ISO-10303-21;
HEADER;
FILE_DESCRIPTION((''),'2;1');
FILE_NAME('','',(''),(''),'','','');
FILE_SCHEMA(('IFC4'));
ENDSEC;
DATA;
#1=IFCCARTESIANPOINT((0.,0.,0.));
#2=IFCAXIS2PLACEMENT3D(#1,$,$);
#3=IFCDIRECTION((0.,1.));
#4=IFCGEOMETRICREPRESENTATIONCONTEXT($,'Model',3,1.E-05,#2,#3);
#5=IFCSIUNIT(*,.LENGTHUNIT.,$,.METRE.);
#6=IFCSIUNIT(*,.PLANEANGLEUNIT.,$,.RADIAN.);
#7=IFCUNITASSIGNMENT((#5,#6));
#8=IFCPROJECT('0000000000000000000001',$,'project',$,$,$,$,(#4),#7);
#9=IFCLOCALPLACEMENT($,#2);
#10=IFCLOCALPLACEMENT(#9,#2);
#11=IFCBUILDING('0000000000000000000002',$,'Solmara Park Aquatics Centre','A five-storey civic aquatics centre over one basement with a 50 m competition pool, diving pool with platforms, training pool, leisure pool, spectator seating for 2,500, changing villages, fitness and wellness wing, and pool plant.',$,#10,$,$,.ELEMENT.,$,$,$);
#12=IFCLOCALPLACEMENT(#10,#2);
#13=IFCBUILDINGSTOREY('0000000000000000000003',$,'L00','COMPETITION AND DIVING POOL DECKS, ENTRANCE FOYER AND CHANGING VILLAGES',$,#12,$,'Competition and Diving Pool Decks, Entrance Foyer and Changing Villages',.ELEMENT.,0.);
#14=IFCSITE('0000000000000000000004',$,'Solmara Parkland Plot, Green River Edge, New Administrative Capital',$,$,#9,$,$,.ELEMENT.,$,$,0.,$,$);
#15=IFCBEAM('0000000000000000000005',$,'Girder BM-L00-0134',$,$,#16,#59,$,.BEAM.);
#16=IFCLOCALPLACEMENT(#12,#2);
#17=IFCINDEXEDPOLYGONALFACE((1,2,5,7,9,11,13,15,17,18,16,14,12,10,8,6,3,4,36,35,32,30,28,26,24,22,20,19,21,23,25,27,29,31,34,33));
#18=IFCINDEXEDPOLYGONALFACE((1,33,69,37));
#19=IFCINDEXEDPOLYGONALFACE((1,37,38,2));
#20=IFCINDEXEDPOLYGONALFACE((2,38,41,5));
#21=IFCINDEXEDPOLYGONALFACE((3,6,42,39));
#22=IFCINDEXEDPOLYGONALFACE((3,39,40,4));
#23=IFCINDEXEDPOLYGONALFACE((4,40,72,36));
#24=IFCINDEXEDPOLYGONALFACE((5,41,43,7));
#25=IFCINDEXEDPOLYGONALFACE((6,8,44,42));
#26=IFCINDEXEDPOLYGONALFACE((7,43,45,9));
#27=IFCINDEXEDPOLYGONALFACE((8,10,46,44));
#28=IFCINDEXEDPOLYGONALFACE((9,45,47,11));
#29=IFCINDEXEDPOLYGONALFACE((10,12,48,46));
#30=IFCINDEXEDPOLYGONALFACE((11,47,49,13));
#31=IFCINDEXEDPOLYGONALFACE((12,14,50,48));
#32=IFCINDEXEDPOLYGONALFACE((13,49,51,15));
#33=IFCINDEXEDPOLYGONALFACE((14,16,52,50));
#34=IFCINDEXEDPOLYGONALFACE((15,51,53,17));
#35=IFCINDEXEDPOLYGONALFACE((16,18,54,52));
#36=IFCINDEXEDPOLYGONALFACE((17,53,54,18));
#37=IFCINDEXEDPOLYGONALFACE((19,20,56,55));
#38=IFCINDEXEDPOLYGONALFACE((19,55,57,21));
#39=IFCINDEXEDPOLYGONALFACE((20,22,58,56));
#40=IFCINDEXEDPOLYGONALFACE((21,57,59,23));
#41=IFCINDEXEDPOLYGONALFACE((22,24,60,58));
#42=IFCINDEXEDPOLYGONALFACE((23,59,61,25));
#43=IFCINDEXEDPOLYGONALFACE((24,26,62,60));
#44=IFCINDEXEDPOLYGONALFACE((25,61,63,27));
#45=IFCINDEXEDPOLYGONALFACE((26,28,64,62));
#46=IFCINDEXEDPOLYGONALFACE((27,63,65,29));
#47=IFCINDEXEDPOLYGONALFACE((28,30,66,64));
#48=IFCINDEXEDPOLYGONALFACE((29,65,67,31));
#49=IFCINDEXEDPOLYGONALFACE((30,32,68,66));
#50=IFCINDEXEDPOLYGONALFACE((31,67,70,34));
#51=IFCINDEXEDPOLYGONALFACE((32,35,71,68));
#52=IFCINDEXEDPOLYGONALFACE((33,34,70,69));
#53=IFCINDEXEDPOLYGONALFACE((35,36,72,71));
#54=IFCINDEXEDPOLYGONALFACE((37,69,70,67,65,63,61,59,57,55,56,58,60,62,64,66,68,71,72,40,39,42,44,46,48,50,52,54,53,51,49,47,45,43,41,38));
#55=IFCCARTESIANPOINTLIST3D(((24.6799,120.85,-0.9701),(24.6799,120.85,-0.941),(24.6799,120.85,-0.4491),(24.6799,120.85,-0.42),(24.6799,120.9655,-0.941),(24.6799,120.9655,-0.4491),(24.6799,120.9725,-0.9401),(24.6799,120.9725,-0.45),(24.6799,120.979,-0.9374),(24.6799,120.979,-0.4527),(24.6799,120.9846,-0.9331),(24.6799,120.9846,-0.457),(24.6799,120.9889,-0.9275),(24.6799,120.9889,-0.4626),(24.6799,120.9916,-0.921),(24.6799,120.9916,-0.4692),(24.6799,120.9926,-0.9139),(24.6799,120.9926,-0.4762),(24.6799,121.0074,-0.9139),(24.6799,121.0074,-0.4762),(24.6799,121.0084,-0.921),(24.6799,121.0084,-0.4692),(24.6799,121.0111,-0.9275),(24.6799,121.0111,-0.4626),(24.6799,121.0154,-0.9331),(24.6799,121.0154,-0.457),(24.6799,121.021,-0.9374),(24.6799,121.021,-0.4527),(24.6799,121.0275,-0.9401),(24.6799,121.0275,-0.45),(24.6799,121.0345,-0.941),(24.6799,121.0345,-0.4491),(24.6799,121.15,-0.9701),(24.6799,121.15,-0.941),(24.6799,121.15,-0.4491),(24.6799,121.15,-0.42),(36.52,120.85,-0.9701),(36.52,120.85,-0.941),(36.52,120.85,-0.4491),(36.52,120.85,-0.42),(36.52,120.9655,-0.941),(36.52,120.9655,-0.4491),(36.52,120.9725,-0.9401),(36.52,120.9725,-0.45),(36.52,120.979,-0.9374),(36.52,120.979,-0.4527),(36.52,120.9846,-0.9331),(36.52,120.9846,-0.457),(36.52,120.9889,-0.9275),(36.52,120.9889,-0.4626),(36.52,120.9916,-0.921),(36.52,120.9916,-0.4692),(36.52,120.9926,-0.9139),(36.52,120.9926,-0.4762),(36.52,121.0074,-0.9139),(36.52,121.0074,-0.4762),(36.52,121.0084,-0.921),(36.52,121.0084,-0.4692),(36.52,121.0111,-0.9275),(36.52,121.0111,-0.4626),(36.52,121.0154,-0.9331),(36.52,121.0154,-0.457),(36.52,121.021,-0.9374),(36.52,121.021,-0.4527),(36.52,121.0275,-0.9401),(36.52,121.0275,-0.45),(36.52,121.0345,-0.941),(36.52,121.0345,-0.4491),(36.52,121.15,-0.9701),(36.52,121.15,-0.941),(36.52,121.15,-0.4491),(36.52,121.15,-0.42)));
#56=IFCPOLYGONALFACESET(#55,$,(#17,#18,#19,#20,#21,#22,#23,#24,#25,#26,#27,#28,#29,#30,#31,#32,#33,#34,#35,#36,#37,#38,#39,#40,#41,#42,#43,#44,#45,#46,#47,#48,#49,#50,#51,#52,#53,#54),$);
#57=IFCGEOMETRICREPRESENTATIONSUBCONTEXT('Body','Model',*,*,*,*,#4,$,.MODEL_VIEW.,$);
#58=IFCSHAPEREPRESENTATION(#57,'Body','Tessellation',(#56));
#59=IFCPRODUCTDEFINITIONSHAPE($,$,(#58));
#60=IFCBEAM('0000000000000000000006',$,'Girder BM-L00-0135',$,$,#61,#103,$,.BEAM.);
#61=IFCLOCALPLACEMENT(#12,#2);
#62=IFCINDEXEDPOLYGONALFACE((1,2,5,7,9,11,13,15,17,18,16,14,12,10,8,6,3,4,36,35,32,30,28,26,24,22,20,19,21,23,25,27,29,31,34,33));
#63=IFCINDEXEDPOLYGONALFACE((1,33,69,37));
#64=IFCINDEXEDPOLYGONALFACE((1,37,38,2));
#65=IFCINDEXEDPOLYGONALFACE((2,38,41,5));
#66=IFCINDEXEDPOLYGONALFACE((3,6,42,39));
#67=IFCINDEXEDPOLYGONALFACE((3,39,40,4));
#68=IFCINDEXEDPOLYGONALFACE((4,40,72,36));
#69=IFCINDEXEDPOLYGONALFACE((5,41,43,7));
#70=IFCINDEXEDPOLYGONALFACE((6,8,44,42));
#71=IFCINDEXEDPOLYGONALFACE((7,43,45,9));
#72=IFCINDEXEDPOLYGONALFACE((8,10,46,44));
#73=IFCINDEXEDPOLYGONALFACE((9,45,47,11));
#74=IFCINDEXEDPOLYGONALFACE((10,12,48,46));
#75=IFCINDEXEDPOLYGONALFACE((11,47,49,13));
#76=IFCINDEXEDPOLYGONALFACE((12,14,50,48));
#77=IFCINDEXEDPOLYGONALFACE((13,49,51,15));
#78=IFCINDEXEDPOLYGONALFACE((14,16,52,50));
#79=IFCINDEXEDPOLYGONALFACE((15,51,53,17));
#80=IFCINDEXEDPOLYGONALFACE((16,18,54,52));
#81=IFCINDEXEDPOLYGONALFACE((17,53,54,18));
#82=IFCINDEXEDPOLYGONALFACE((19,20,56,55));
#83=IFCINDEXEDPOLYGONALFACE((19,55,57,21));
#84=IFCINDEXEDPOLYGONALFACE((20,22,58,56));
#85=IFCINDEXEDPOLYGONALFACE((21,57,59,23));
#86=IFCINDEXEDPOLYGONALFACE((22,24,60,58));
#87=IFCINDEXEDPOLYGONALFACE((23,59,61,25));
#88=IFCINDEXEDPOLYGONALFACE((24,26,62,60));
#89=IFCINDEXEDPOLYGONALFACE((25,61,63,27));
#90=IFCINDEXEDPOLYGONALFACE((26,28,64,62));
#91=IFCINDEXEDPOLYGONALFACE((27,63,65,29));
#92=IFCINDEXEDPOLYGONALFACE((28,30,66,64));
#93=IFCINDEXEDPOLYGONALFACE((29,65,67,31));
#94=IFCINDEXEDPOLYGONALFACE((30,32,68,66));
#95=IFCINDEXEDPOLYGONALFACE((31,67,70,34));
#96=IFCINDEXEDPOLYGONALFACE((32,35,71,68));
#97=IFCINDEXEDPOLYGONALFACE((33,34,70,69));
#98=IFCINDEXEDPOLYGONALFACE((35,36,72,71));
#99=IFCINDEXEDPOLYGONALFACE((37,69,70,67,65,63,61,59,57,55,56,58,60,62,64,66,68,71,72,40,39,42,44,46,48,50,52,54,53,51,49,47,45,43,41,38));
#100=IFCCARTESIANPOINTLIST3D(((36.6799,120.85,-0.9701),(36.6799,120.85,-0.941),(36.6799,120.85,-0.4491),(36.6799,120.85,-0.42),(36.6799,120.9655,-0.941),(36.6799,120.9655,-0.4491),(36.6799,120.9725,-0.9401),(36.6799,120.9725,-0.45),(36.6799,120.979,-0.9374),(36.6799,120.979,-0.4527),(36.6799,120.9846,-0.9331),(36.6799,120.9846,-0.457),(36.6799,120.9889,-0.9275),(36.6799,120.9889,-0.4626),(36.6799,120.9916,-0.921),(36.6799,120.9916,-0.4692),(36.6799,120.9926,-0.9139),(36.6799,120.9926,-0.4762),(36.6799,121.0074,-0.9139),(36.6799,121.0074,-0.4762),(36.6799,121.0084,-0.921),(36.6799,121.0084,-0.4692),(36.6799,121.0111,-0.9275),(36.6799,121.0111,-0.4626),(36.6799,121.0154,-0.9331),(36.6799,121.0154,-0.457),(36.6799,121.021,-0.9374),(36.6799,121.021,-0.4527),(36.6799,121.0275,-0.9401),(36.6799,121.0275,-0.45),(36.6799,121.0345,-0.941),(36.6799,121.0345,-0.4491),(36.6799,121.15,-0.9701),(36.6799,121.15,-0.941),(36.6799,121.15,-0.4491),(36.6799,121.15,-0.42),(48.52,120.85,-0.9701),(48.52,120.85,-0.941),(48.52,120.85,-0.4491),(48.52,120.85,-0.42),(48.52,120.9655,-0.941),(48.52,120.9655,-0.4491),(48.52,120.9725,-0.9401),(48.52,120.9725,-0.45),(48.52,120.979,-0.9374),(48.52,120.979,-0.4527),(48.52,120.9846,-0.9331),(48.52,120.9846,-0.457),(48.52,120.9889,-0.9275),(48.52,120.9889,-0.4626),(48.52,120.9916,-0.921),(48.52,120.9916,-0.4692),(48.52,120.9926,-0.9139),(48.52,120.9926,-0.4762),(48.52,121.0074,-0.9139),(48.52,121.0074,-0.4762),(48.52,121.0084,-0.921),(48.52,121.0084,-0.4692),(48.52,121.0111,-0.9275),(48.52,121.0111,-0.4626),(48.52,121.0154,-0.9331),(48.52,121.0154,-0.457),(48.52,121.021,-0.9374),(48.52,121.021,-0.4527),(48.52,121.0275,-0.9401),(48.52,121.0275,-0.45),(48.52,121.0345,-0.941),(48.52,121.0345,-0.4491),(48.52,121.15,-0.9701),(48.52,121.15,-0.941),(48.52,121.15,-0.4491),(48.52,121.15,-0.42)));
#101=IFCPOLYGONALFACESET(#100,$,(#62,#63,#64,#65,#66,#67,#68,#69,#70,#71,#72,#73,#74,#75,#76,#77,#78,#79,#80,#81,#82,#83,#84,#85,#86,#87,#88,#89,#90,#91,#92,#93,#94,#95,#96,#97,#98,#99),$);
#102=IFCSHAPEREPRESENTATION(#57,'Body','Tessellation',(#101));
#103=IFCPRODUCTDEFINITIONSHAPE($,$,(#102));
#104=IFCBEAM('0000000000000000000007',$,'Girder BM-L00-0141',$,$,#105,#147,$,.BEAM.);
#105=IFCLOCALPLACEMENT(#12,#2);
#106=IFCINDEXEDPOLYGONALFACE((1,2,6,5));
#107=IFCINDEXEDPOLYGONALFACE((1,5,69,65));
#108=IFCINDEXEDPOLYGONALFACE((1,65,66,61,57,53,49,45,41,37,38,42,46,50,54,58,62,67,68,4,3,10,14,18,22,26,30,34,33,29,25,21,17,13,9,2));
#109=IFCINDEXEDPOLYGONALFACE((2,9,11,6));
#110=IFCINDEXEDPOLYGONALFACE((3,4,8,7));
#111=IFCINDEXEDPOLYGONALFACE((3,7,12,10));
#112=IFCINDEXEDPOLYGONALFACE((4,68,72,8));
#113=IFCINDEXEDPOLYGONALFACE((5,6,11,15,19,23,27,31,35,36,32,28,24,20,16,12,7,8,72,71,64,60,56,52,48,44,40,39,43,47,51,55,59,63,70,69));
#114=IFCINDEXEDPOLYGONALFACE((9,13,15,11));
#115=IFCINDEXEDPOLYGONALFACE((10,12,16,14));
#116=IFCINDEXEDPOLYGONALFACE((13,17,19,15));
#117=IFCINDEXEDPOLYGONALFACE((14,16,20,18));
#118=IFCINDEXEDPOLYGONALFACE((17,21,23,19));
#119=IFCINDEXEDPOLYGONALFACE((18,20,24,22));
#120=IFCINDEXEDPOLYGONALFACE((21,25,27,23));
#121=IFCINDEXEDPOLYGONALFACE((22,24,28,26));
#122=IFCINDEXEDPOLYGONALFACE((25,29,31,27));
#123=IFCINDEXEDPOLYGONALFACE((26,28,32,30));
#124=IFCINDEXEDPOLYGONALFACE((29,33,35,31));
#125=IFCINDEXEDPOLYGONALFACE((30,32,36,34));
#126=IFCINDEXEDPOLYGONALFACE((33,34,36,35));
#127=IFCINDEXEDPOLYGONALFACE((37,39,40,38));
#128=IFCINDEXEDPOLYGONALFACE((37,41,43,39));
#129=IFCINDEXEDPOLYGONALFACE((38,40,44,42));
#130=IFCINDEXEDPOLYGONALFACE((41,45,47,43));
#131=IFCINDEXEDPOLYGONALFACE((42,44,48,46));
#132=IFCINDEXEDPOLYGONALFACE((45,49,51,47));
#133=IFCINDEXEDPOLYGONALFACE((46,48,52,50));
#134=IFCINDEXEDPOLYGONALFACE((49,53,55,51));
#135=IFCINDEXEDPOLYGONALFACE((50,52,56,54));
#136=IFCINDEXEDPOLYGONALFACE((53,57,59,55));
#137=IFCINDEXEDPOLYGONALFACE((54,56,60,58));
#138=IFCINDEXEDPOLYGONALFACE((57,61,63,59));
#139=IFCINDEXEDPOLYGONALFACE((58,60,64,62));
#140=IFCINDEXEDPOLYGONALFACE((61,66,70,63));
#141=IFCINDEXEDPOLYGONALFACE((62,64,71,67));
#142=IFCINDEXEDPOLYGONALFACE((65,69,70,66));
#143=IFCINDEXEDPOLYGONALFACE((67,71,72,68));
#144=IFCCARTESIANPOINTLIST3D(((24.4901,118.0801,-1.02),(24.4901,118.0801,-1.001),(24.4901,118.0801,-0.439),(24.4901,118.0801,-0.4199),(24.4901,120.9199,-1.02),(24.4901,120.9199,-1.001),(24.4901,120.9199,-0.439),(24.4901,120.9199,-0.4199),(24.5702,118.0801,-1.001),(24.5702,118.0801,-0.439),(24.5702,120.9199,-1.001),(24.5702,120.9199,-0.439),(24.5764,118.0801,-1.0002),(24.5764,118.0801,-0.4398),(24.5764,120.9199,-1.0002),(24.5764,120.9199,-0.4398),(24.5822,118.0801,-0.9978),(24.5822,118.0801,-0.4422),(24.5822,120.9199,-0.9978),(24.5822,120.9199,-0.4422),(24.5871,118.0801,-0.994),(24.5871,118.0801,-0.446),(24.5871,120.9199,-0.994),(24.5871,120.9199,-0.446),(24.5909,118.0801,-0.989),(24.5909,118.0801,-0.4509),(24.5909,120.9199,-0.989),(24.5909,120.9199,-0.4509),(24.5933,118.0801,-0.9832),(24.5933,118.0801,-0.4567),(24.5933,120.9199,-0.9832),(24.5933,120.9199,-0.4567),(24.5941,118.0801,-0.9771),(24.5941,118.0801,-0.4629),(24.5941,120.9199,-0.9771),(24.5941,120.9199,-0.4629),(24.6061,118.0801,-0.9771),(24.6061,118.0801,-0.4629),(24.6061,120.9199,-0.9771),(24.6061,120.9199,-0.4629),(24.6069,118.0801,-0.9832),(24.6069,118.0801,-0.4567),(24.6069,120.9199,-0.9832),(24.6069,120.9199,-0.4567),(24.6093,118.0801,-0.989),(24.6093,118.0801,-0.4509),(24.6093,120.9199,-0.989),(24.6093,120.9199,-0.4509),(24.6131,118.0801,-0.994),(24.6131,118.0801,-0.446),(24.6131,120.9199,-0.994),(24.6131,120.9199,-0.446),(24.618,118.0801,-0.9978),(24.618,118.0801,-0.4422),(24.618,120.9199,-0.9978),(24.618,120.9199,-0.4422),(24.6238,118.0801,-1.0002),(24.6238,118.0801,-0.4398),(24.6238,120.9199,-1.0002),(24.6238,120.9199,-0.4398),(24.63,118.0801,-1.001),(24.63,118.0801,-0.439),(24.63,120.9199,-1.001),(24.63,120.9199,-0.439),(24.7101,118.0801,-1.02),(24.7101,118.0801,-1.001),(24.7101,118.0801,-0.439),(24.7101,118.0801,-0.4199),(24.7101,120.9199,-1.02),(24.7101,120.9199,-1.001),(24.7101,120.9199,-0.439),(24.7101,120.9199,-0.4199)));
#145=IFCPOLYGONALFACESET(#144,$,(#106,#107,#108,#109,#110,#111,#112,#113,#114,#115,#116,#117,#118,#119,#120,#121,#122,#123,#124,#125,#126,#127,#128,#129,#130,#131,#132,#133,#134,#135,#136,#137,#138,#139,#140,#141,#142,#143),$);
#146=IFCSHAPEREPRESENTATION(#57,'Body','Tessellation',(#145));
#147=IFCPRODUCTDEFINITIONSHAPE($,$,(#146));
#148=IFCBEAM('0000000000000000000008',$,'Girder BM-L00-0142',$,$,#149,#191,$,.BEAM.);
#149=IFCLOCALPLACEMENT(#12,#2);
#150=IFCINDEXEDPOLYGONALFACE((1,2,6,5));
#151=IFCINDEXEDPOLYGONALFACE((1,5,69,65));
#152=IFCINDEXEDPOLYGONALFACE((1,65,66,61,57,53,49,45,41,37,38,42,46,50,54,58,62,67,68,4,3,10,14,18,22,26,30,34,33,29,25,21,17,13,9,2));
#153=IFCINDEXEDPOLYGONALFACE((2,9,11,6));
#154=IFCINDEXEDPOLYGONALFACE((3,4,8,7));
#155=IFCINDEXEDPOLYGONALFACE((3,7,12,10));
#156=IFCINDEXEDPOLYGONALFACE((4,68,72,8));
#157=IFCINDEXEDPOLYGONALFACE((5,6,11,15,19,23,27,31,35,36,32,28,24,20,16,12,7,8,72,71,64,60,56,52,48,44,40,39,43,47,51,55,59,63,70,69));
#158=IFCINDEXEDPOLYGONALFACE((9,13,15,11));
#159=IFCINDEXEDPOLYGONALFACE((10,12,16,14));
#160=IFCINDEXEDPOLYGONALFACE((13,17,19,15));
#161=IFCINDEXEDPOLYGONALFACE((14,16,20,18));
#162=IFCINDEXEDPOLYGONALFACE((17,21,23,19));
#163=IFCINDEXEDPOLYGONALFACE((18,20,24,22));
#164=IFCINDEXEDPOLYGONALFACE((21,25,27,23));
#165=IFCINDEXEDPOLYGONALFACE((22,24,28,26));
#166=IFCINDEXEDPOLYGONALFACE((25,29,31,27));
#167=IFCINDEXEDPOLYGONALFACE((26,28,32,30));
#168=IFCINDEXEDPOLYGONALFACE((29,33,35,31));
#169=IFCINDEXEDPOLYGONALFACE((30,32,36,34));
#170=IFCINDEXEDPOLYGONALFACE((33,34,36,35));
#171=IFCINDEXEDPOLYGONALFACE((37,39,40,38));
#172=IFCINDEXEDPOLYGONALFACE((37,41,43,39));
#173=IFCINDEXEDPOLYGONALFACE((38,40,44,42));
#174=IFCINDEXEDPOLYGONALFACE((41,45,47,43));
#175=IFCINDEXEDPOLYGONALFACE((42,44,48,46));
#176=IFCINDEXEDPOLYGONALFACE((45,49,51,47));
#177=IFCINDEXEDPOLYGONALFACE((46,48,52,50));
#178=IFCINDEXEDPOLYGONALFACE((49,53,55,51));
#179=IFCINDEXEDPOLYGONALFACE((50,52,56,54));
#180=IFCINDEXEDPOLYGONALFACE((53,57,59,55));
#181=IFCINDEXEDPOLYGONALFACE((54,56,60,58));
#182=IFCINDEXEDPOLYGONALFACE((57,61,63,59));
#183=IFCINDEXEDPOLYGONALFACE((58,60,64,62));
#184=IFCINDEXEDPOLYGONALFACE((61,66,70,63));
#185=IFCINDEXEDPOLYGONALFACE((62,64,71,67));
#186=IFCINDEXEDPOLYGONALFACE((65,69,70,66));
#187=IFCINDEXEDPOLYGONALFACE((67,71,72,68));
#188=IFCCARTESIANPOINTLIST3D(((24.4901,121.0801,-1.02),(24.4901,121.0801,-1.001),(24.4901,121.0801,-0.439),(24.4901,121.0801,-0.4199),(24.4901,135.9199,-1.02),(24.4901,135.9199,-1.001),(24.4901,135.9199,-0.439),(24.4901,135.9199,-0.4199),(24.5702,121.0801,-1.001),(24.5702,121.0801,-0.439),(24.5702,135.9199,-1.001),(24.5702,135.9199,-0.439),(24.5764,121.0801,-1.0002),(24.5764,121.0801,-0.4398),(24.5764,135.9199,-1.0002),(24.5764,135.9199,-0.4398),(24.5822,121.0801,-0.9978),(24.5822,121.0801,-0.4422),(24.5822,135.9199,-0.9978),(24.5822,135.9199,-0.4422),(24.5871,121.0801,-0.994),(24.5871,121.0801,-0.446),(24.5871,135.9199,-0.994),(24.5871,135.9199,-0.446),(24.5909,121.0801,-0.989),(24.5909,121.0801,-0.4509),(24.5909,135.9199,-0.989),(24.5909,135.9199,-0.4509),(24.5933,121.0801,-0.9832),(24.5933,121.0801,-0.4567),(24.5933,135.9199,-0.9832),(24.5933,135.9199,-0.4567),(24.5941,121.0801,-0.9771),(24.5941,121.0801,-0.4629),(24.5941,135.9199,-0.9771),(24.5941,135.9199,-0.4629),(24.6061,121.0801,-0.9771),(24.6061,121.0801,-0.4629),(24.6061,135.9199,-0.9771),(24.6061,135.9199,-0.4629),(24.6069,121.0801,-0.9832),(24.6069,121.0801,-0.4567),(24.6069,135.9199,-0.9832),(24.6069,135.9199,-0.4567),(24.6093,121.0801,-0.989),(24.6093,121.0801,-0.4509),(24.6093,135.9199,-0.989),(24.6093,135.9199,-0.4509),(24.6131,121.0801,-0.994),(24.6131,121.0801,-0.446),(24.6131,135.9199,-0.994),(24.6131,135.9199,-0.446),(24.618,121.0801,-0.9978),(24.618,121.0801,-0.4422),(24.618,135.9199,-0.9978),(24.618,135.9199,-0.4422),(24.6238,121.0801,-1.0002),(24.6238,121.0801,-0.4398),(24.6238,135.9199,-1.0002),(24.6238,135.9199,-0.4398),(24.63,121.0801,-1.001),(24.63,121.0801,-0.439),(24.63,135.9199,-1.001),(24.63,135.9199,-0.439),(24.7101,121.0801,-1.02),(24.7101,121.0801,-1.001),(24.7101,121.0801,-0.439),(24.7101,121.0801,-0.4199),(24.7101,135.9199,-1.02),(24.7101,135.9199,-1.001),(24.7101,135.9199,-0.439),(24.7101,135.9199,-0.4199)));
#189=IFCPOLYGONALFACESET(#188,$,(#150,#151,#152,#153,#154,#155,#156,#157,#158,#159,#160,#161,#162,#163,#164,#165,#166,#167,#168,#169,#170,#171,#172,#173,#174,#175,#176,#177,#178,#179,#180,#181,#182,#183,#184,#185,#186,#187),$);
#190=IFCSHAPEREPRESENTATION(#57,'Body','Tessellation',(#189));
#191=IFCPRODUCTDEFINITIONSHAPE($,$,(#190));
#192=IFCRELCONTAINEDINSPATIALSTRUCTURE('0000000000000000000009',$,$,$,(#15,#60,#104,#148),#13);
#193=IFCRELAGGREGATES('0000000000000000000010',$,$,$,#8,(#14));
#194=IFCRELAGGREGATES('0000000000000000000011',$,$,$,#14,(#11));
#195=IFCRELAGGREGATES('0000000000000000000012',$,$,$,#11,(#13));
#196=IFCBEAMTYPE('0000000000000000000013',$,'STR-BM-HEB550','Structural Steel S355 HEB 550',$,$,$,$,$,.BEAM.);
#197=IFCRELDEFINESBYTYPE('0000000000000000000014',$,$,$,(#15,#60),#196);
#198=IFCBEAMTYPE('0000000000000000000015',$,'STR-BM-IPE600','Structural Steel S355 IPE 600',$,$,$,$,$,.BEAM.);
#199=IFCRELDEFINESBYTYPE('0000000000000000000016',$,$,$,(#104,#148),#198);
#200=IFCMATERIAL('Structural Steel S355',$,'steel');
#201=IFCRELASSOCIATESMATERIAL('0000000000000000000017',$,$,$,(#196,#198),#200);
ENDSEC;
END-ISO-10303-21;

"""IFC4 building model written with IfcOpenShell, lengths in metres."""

from ifc_helpers import new_model, si_unit, direction, frame, origin, origin_2d, place, context, subcontext, project, spatial, i_section, extrude, material, material_profile, profile_set, type_object, element, save


model = new_model("IFC4")

# Units and contexts
model_context = context("Model", 3, precision=1e-05, world=origin(), true_north=direction((0.0, 1.0)))
body_context = subcontext(model_context, "Body", "Model", "MODEL_VIEW")
ifc_project = project(units=[si_unit("LENGTHUNIT", "METRE"), si_unit("PLANEANGLEUNIT", "RADIAN")], contexts=[model_context])

# Site, building, storey
site_placement = place(None, origin())
site = spatial("IfcSite", under=ifc_project, at=site_placement, Name="Solmara Parkland Plot, Green River Edge, New Administrative Capital", CompositionType="ELEMENT", RefElevation=0.0)
building_placement = place(site_placement, origin())
building = spatial("IfcBuilding", under=site, at=building_placement, Name="Solmara Park Aquatics Centre", Description="A five-storey civic aquatics centre over one basement with a 50 m competition pool, diving pool with platforms, training pool, leisure pool, spectator seating for 2,500, changing villages, fitness and wellness wing, and pool plant.", CompositionType="ELEMENT")
storey_placement = place(building_placement, origin())
storey = spatial("IfcBuildingStorey", under=building, at=storey_placement, Name="L00", Description="COMPETITION AND DIVING POOL DECKS, ENTRANCE FOYER AND CHANGING VILLAGES", LongName="Competition and Diving Pool Decks, Entrance Foyer and Changing Villages", CompositionType="ELEMENT", Elevation=0.0)

# Beams
ifc_material_1 = material(Name="Structural Steel S355", Category="steel")
ifc_material_profile_1 = material_profile(ifc_material_1, i_section(OverallWidth=0.3, OverallDepth=0.55, WebThickness=0.0149, FlangeThickness=0.0291, FilletRadius=0.0271, at=origin_2d()), Name="HEB 550")
ifc_profile_set_1 = profile_set([ifc_material_profile_1], Name="Structural Steel S355")
beam_type_1 = type_object("IfcBeamType", Name="STR-BM-HEB550", Description="Structural Steel S355 HEB 550", PredefinedType="BEAM", material=ifc_profile_set_1)
for number, where, z_axis, x_axis, name in (
    (1, (24.6799, 121.0, -0.6951), (1.0, 0.0, 0.0), (0.0, 1.0, 0.0), "Girder BM-L00-0134"),
    (2, (36.6799, 121.0, -0.6951), (1.0, 0.0, 0.0), (0.0, 1.0, 0.0), "Girder BM-L00-0135"),
):
    element("IfcBeam", number, at=place(storey_placement, frame(where, z_axis=z_axis, x_axis=x_axis)), inside=storey, type_object=beam_type_1, Name=name, PredefinedType="BEAM", context=body_context, shape_type="SweptSolid", body=[
        extrude(i_section(OverallWidth=0.3, OverallDepth=0.55, WebThickness=0.0149, FlangeThickness=0.0291, FilletRadius=0.0271, at=origin_2d()), origin(), (0.0, 0.0, 1.0), 11.8401),
    ])
ifc_material_profile_2 = material_profile(ifc_material_1, i_section(OverallWidth=0.22, OverallDepth=0.6001, WebThickness=0.012, FlangeThickness=0.019, FilletRadius=0.0239, at=origin_2d()), Name="IPE 600")
ifc_profile_set_2 = profile_set([ifc_material_profile_2], Name="Structural Steel S355")
beam_type_2 = type_object("IfcBeamType", Name="STR-BM-IPE600", Description="Structural Steel S355 IPE 600", PredefinedType="BEAM", material=ifc_profile_set_2)
beam_1_placement = place(storey_placement, frame((24.6001, 118.0801, -0.72), z_axis=(0.0, 1.0, 0.0), x_axis=(-1.0, 0.0, 0.0)))
element("IfcBeam", 3, at=beam_1_placement, inside=storey, type_object=beam_type_2, Name="Girder BM-L00-0141", PredefinedType="BEAM", context=body_context, shape_type="SweptSolid", body=[
    extrude(i_section(OverallWidth=0.22, OverallDepth=0.6001, WebThickness=0.012, FlangeThickness=0.019, FilletRadius=0.0239, at=origin_2d()), origin(), (0.0, 0.0, 1.0), 2.8398),
])
beam_2_placement = place(storey_placement, frame((24.6001, 121.0801, -0.72), z_axis=(0.0, 1.0, 0.0), x_axis=(-1.0, 0.0, 0.0)))
element("IfcBeam", 4, at=beam_2_placement, inside=storey, type_object=beam_type_2, Name="Girder BM-L00-0142", PredefinedType="BEAM", context=body_context, shape_type="SweptSolid", body=[
    extrude(i_section(OverallWidth=0.22, OverallDepth=0.6001, WebThickness=0.012, FlangeThickness=0.019, FilletRadius=0.0239, at=origin_2d()), origin(), (0.0, 0.0, 1.0), 14.8398),
])

save(model, "model.ifc")
